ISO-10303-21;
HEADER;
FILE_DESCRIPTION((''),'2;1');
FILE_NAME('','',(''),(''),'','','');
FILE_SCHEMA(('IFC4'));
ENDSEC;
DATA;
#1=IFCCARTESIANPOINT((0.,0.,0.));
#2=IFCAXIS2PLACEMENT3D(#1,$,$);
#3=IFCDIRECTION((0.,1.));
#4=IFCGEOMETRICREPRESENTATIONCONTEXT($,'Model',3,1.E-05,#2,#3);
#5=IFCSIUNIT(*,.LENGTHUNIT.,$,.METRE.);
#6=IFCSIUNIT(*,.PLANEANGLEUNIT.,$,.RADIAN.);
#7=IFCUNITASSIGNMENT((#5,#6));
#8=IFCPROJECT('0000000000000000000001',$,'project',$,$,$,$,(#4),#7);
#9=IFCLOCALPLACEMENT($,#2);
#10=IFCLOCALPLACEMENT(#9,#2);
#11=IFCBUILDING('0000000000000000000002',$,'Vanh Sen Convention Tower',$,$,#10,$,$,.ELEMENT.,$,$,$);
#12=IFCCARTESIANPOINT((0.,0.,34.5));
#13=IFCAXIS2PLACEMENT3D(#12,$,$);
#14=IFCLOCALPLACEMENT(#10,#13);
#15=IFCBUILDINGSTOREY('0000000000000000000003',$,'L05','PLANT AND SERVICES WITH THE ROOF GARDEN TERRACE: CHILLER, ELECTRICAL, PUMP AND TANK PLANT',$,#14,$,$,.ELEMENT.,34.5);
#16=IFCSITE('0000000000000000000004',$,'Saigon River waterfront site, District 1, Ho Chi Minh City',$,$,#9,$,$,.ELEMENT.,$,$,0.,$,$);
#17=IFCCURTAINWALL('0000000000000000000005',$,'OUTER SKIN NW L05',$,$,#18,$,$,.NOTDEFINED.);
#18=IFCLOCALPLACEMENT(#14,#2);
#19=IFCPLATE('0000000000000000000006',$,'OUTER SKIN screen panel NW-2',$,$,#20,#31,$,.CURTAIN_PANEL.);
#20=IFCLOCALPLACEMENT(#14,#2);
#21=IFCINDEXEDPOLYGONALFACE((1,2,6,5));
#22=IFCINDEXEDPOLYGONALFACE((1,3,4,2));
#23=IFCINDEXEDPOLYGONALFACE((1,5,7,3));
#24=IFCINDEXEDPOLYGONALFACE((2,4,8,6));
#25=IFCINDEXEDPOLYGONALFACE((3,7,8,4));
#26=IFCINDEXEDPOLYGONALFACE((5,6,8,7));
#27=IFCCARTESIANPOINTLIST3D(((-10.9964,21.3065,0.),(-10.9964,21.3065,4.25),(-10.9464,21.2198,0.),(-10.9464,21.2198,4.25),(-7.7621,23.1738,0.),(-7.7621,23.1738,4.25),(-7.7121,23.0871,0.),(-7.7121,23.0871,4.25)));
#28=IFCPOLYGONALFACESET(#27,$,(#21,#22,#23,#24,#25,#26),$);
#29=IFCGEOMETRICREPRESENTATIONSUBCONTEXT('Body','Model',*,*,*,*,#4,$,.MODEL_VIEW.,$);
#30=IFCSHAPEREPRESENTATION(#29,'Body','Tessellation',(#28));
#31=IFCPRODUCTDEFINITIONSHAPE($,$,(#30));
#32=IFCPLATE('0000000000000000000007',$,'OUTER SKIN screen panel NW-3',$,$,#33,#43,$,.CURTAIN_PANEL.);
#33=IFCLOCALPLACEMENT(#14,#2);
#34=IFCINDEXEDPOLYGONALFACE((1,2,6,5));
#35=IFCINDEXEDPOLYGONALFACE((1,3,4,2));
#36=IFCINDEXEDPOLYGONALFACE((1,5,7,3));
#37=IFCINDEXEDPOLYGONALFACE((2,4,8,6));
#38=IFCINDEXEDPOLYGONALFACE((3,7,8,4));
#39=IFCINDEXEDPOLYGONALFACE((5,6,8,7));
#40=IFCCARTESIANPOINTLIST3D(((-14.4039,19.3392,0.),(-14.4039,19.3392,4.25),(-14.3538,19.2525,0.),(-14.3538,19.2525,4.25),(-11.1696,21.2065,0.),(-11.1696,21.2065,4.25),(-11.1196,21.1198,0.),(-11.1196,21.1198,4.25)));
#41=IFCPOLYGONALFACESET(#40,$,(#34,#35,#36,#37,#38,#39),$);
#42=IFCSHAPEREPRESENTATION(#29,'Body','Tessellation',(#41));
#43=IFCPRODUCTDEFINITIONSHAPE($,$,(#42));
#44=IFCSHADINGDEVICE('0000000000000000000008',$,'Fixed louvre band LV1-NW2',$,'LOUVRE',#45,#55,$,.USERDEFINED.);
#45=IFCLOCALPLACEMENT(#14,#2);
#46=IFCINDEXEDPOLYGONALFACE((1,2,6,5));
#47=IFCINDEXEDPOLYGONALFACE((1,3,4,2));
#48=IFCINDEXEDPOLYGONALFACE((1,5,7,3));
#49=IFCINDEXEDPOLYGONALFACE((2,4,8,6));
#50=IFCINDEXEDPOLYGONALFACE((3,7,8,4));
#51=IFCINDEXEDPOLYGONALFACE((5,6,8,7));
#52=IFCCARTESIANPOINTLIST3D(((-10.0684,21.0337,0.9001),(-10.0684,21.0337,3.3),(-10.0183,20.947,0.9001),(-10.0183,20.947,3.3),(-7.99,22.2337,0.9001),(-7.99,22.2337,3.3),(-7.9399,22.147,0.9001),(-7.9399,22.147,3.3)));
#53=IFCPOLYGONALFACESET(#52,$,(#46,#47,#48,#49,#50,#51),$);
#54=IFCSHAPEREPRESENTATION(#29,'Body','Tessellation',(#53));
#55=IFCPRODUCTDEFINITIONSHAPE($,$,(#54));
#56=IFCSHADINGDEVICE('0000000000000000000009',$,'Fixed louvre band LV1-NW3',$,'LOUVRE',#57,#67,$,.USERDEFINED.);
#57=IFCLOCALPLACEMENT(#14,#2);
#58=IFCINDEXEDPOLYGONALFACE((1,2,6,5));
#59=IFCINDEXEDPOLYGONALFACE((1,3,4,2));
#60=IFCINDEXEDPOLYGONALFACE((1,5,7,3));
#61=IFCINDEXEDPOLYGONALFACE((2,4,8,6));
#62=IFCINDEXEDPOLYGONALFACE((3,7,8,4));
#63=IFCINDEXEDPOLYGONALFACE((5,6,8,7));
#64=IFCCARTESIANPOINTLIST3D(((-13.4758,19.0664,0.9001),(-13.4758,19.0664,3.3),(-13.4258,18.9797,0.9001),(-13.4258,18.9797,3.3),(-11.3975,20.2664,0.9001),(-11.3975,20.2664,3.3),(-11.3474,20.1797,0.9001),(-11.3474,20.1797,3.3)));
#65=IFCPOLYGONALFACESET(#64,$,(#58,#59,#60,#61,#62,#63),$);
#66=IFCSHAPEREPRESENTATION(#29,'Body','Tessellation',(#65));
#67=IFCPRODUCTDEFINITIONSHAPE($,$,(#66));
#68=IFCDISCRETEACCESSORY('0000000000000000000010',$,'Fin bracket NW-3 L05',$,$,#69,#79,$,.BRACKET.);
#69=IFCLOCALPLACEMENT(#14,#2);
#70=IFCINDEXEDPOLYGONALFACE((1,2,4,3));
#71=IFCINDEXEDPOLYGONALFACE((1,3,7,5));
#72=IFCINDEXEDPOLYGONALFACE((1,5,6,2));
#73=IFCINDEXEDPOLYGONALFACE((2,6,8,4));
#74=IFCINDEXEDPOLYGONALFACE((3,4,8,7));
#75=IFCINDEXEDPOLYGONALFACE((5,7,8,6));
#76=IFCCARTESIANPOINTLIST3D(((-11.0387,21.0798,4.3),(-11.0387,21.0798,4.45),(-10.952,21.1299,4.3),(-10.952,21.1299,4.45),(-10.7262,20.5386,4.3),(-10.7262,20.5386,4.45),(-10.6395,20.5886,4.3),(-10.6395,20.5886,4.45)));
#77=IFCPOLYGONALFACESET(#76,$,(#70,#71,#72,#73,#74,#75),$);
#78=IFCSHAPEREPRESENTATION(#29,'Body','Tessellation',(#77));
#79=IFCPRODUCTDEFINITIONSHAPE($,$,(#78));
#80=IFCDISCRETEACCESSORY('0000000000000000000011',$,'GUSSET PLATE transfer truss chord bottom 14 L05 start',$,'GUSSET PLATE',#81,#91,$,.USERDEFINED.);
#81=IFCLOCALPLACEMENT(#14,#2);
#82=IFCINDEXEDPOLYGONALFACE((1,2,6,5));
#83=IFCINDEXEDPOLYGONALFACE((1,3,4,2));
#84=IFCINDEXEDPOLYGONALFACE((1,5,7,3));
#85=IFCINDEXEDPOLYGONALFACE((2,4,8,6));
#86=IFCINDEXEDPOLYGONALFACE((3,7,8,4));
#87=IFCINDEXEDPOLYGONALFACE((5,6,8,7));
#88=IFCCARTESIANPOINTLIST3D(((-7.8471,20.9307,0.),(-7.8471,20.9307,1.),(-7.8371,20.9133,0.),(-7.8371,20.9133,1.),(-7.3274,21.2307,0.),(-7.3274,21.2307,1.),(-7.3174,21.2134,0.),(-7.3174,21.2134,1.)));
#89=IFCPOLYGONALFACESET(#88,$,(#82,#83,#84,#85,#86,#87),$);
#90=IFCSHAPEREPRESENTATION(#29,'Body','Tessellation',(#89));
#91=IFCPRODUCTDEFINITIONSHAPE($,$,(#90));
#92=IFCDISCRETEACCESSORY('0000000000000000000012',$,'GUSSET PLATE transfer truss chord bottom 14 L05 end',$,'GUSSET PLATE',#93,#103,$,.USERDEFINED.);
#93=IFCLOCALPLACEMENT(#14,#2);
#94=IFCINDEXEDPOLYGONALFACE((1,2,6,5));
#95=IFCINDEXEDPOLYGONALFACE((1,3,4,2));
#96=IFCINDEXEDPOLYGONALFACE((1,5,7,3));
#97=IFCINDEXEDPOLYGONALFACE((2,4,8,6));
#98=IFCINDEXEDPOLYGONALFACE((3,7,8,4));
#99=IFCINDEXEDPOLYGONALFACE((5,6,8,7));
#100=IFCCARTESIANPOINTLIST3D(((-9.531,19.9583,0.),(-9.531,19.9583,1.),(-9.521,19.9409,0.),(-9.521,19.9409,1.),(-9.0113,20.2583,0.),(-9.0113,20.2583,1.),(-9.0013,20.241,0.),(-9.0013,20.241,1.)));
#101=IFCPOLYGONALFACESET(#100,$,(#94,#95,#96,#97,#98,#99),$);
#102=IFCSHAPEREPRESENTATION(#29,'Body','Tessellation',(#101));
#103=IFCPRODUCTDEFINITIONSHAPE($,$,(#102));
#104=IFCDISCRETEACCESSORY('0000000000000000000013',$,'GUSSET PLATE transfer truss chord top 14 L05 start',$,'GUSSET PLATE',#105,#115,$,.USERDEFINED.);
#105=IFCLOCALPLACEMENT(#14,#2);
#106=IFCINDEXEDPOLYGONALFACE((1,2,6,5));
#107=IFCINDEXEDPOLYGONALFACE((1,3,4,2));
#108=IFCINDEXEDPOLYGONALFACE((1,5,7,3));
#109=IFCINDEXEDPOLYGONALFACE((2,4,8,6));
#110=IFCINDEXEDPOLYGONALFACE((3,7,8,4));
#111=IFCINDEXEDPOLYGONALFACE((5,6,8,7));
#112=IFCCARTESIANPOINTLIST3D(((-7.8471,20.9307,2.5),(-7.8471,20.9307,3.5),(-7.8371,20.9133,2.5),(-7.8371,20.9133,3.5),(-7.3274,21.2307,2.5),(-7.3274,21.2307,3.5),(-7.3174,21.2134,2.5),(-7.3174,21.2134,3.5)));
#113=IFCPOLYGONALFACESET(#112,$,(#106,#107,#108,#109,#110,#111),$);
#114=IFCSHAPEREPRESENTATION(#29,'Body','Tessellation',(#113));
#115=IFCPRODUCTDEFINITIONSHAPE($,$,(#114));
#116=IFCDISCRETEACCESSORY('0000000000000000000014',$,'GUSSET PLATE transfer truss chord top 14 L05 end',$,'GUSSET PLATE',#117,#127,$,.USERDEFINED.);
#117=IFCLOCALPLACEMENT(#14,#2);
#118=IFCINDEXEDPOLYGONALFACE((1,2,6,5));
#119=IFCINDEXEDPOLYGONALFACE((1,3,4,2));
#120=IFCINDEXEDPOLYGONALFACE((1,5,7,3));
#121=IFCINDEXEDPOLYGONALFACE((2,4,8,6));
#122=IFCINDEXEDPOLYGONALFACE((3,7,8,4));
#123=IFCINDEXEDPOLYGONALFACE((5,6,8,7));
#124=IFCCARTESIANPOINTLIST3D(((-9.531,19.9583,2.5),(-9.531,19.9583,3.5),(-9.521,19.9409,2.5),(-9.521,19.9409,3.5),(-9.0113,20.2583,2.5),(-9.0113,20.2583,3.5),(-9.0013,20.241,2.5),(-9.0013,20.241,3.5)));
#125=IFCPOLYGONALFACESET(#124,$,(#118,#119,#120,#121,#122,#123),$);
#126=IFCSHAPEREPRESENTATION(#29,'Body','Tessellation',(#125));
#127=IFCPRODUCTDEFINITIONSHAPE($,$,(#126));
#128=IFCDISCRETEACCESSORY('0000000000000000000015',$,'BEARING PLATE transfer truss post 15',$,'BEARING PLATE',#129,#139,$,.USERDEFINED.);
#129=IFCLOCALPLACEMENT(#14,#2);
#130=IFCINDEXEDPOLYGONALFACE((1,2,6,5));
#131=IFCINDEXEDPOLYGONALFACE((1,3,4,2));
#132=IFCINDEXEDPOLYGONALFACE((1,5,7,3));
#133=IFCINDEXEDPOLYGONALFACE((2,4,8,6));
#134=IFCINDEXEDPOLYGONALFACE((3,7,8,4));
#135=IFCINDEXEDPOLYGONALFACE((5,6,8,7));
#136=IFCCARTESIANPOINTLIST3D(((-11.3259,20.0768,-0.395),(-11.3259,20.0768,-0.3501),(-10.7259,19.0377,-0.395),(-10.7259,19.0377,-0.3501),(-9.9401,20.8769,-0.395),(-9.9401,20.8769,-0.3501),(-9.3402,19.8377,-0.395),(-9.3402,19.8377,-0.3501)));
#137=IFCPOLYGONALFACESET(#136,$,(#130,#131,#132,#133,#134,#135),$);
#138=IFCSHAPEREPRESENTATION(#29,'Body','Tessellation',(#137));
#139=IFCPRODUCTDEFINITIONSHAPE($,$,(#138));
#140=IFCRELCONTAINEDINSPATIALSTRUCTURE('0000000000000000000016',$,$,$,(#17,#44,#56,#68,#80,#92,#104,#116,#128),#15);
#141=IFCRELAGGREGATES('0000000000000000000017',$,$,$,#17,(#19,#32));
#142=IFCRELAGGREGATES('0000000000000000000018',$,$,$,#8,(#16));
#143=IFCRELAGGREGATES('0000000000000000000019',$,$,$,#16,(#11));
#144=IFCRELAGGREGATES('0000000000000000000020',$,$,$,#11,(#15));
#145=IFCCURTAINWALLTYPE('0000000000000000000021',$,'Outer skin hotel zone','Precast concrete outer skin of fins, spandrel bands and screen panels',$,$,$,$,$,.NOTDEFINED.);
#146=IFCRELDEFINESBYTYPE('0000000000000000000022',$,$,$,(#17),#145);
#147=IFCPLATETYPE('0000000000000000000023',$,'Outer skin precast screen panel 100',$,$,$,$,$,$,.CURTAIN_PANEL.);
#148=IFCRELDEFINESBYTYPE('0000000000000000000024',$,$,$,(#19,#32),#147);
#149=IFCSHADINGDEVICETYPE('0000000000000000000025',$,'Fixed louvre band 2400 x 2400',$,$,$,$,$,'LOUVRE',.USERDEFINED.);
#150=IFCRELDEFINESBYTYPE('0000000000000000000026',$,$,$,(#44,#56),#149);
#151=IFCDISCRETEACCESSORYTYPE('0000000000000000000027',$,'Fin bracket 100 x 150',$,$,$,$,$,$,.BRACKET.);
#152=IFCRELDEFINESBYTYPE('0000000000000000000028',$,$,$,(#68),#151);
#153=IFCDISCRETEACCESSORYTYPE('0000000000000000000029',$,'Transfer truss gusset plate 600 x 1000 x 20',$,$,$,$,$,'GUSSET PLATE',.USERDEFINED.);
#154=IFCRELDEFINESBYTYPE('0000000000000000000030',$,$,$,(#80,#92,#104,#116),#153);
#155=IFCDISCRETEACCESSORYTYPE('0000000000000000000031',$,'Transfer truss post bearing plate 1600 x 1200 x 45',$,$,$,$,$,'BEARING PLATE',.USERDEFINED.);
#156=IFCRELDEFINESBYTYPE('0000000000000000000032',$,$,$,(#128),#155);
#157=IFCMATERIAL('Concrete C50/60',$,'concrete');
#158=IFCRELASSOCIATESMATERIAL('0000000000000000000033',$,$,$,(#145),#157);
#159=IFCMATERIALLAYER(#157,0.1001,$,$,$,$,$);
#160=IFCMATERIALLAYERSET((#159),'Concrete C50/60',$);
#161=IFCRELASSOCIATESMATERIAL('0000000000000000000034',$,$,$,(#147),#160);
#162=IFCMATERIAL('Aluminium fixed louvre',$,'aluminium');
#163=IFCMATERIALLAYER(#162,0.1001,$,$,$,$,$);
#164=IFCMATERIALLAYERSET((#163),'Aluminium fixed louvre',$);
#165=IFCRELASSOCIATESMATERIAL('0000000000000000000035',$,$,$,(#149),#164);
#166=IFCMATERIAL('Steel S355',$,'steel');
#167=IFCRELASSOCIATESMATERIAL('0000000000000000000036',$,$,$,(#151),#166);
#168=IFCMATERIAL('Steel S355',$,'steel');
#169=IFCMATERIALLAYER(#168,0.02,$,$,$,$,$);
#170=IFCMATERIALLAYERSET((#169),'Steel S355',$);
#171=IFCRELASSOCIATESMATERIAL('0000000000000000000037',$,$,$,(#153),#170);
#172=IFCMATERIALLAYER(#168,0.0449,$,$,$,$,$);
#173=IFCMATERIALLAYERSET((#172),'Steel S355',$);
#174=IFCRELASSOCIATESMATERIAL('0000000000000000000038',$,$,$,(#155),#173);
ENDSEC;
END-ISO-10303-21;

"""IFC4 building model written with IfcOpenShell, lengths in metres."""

from ifc_helpers import new_model, si_unit, direction, frame, origin, origin_2d, place, context, subcontext, project, spatial, rectangle, extrude, material, layer, layer_set, type_object, element, aggregate, save


model = new_model("IFC4")

# Units and contexts
model_context = context("Model", 3, precision=1e-05, world=origin(), true_north=direction((0.0, 1.0)))
body_context = subcontext(model_context, "Body", "Model", "MODEL_VIEW")
ifc_project = project(units=[si_unit("LENGTHUNIT", "METRE"), si_unit("PLANEANGLEUNIT", "RADIAN")], contexts=[model_context])

# Site, building, storey
site_placement = place(None, origin())
site = spatial("IfcSite", under=ifc_project, at=site_placement, Name="Saigon River waterfront site, District 1, Ho Chi Minh City", CompositionType="ELEMENT", RefElevation=0.0)
building_placement = place(site_placement, origin())
building = spatial("IfcBuilding", under=site, at=building_placement, Name="Vanh Sen Convention Tower", CompositionType="ELEMENT")
storey_placement = place(building_placement, frame((0.0, 0.0, 34.5)))
storey = spatial("IfcBuildingStorey", under=building, at=storey_placement, Name="L05", Description="PLANT AND SERVICES WITH THE ROOF GARDEN TERRACE: CHILLER, ELECTRICAL, PUMP AND TANK PLANT", CompositionType="ELEMENT", Elevation=34.5)

# Curtain wall
ifc_material_1 = material(Name="Concrete C50/60", Category="concrete")
curtain_wall_type = type_object("IfcCurtainWallType", Name="Outer skin hotel zone", Description="Precast concrete outer skin of fins, spandrel bands and screen panels", PredefinedType="NOTDEFINED", material=ifc_material_1)
curtain_wall_placement = place(storey_placement, origin())
curtain_wall = element("IfcCurtainWall", 1, at=curtain_wall_placement, inside=storey, type_object=curtain_wall_type, Name="OUTER SKIN NW L05", PredefinedType="NOTDEFINED")

# Shared definitions
ifc_material_2 = material(Name="Steel S355", Category="steel")

# Plates
ifc_layer_1 = layer(ifc_material_1, 0.1001)
ifc_layer_set_1 = layer_set([ifc_layer_1], Name="Concrete C50/60")
plate_type = type_object("IfcPlateType", Name="Outer skin precast screen panel 100", PredefinedType="CURTAIN_PANEL", material=ifc_layer_set_1)
plate_1_placement = place(storey_placement, frame((-9.3542, 22.1968, 0.0), z_axis=(0.0, 0.0, 1.0), x_axis=(-0.866021, -0.500008, 0.0)))
plate_1 = element("IfcPlate", 2, at=plate_1_placement, type_object=plate_type, Name="OUTER SKIN screen panel NW-2", PredefinedType="CURTAIN_PANEL", context=body_context, shape_type="SweptSolid", body=[
    extrude(rectangle(XDim=3.7346, YDim=0.1001, at=origin_2d()), origin(), (0.0, 0.0, 1.0), 4.25),
])
plate_2_placement = place(storey_placement, frame((-12.7617, 20.2295, 0.0), z_axis=(0.0, 0.0, 1.0), x_axis=(-0.866028, -0.499995, 0.0)))
plate_2 = element("IfcPlate", 3, at=plate_2_placement, type_object=plate_type, Name="OUTER SKIN screen panel NW-3", PredefinedType="CURTAIN_PANEL", context=body_context, shape_type="SweptSolid", body=[
    extrude(rectangle(XDim=3.7346, YDim=0.1001, at=origin_2d()), origin(), (0.0, 0.0, 1.0), 4.25),
])
aggregate(curtain_wall, [plate_1, plate_2])

# Shading devices
ifc_material_3 = material(Name="Aluminium fixed louvre", Category="aluminium")
ifc_layer_2 = layer(ifc_material_3, 0.1001)
ifc_layer_set_2 = layer_set([ifc_layer_2], Name="Aluminium fixed louvre")
shading_device_type = type_object("IfcShadingDeviceType", Name="Fixed louvre band 2400 x 2400", ElementType="LOUVRE", PredefinedType="USERDEFINED", material=ifc_layer_set_2)
for number, where, z_axis, x_axis, name in (
    (4, (-9.0042, 21.5903, 0.9001), (0.0, 0.0, 1.0), (-0.866025, -0.500002, 0.0), "Fixed louvre band LV1-NW2"),
    (5, (-12.4116, 19.623, 0.9001), (0.0, 0.0, 1.0), (-0.866025, -0.500002, 0.0), "Fixed louvre band LV1-NW3"),
):
    element("IfcShadingDevice", number, at=place(storey_placement, frame(where, z_axis=z_axis, x_axis=x_axis)), inside=storey, type_object=shading_device_type, Name=name, ObjectType="LOUVRE", PredefinedType="USERDEFINED", context=body_context, shape_type="SweptSolid", body=[
        extrude(rectangle(XDim=2.3999, YDim=0.1001, at=origin_2d()), origin(), (0.0, 0.0, 1.0), 2.3999),
    ])

# Discrete accessories
ifc_material_4 = material(Name="Steel S355", Category="steel")
discrete_accessory_type_1 = type_object("IfcDiscreteAccessoryType", Name="Fin bracket 100 x 150", PredefinedType="BRACKET", material=ifc_material_4)
discrete_accessory_1_placement = place(storey_placement, frame((-10.8391, 20.8342, 4.3), z_axis=(0.0, 0.0, 1.0), x_axis=(-0.5, 0.866025, 0.0)))
element("IfcDiscreteAccessory", 6, at=discrete_accessory_1_placement, inside=storey, type_object=discrete_accessory_type_1, Name="Fin bracket NW-3 L05", PredefinedType="BRACKET", context=body_context, shape_type="SweptSolid", body=[
    extrude(rectangle(XDim=0.625, YDim=0.1001, at=origin_2d()), origin(), (0.0, 0.0, 1.0), 0.1499),
])
ifc_layer_3 = layer(ifc_material_2, 0.02)
ifc_layer_set_3 = layer_set([ifc_layer_3], Name="Steel S355")
discrete_accessory_type_2 = type_object("IfcDiscreteAccessoryType", Name="Transfer truss gusset plate 600 x 1000 x 20", ElementType="GUSSET PLATE", PredefinedType="USERDEFINED", material=ifc_layer_set_3)
for number, where, z_axis, x_axis, name in (
    (7, (-7.5823, 21.072, 0.0), (0.0, 0.0, 1.0), (-0.866021, -0.500008, 0.0), "GUSSET PLATE transfer truss chord bottom 14 L05 start"),
    (8, (-9.2661, 20.0996, 0.0), (0.0, 0.0, 1.0), (0.866021, 0.500008, 0.0), "GUSSET PLATE transfer truss chord bottom 14 L05 end"),
    (9, (-7.5823, 21.072, 2.5), (0.0, 0.0, 1.0), (-0.866021, -0.500008, 0.0), "GUSSET PLATE transfer truss chord top 14 L05 start"),
    (10, (-9.2661, 20.0996, 2.5), (0.0, 0.0, 1.0), (0.866021, 0.500008, 0.0), "GUSSET PLATE transfer truss chord top 14 L05 end"),
):
    element("IfcDiscreteAccessory", number, at=place(storey_placement, frame(where, z_axis=z_axis, x_axis=x_axis)), inside=storey, type_object=discrete_accessory_type_2, Name=name, ObjectType="GUSSET PLATE", PredefinedType="USERDEFINED", context=body_context, shape_type="SweptSolid", body=[
        extrude(rectangle(XDim=0.6001, YDim=0.02, at=origin_2d()), origin(), (0.0, 0.0, 1.0), 1.0),
    ])
ifc_layer_4 = layer(ifc_material_2, 0.0449)
ifc_layer_set_4 = layer_set([ifc_layer_4], Name="Steel S355")
discrete_accessory_type_3 = type_object("IfcDiscreteAccessoryType", Name="Transfer truss post bearing plate 1600 x 1200 x 45", ElementType="BEARING PLATE", PredefinedType="USERDEFINED", material=ifc_layer_set_4)
discrete_accessory_2_placement = place(storey_placement, frame((-10.333, 19.9573, -0.395), z_axis=(0.0, 0.0, 1.0), x_axis=(-0.866025, -0.5, 0.0)))
element("IfcDiscreteAccessory", 11, at=discrete_accessory_2_placement, inside=storey, type_object=discrete_accessory_type_3, Name="BEARING PLATE transfer truss post 15", ObjectType="BEARING PLATE", PredefinedType="USERDEFINED", context=body_context, shape_type="SweptSolid", body=[
    extrude(rectangle(XDim=1.6001, YDim=1.2, at=origin_2d()), origin(), (0.0, 0.0, 1.0), 0.0449),
])

save(model, "model.ifc")
